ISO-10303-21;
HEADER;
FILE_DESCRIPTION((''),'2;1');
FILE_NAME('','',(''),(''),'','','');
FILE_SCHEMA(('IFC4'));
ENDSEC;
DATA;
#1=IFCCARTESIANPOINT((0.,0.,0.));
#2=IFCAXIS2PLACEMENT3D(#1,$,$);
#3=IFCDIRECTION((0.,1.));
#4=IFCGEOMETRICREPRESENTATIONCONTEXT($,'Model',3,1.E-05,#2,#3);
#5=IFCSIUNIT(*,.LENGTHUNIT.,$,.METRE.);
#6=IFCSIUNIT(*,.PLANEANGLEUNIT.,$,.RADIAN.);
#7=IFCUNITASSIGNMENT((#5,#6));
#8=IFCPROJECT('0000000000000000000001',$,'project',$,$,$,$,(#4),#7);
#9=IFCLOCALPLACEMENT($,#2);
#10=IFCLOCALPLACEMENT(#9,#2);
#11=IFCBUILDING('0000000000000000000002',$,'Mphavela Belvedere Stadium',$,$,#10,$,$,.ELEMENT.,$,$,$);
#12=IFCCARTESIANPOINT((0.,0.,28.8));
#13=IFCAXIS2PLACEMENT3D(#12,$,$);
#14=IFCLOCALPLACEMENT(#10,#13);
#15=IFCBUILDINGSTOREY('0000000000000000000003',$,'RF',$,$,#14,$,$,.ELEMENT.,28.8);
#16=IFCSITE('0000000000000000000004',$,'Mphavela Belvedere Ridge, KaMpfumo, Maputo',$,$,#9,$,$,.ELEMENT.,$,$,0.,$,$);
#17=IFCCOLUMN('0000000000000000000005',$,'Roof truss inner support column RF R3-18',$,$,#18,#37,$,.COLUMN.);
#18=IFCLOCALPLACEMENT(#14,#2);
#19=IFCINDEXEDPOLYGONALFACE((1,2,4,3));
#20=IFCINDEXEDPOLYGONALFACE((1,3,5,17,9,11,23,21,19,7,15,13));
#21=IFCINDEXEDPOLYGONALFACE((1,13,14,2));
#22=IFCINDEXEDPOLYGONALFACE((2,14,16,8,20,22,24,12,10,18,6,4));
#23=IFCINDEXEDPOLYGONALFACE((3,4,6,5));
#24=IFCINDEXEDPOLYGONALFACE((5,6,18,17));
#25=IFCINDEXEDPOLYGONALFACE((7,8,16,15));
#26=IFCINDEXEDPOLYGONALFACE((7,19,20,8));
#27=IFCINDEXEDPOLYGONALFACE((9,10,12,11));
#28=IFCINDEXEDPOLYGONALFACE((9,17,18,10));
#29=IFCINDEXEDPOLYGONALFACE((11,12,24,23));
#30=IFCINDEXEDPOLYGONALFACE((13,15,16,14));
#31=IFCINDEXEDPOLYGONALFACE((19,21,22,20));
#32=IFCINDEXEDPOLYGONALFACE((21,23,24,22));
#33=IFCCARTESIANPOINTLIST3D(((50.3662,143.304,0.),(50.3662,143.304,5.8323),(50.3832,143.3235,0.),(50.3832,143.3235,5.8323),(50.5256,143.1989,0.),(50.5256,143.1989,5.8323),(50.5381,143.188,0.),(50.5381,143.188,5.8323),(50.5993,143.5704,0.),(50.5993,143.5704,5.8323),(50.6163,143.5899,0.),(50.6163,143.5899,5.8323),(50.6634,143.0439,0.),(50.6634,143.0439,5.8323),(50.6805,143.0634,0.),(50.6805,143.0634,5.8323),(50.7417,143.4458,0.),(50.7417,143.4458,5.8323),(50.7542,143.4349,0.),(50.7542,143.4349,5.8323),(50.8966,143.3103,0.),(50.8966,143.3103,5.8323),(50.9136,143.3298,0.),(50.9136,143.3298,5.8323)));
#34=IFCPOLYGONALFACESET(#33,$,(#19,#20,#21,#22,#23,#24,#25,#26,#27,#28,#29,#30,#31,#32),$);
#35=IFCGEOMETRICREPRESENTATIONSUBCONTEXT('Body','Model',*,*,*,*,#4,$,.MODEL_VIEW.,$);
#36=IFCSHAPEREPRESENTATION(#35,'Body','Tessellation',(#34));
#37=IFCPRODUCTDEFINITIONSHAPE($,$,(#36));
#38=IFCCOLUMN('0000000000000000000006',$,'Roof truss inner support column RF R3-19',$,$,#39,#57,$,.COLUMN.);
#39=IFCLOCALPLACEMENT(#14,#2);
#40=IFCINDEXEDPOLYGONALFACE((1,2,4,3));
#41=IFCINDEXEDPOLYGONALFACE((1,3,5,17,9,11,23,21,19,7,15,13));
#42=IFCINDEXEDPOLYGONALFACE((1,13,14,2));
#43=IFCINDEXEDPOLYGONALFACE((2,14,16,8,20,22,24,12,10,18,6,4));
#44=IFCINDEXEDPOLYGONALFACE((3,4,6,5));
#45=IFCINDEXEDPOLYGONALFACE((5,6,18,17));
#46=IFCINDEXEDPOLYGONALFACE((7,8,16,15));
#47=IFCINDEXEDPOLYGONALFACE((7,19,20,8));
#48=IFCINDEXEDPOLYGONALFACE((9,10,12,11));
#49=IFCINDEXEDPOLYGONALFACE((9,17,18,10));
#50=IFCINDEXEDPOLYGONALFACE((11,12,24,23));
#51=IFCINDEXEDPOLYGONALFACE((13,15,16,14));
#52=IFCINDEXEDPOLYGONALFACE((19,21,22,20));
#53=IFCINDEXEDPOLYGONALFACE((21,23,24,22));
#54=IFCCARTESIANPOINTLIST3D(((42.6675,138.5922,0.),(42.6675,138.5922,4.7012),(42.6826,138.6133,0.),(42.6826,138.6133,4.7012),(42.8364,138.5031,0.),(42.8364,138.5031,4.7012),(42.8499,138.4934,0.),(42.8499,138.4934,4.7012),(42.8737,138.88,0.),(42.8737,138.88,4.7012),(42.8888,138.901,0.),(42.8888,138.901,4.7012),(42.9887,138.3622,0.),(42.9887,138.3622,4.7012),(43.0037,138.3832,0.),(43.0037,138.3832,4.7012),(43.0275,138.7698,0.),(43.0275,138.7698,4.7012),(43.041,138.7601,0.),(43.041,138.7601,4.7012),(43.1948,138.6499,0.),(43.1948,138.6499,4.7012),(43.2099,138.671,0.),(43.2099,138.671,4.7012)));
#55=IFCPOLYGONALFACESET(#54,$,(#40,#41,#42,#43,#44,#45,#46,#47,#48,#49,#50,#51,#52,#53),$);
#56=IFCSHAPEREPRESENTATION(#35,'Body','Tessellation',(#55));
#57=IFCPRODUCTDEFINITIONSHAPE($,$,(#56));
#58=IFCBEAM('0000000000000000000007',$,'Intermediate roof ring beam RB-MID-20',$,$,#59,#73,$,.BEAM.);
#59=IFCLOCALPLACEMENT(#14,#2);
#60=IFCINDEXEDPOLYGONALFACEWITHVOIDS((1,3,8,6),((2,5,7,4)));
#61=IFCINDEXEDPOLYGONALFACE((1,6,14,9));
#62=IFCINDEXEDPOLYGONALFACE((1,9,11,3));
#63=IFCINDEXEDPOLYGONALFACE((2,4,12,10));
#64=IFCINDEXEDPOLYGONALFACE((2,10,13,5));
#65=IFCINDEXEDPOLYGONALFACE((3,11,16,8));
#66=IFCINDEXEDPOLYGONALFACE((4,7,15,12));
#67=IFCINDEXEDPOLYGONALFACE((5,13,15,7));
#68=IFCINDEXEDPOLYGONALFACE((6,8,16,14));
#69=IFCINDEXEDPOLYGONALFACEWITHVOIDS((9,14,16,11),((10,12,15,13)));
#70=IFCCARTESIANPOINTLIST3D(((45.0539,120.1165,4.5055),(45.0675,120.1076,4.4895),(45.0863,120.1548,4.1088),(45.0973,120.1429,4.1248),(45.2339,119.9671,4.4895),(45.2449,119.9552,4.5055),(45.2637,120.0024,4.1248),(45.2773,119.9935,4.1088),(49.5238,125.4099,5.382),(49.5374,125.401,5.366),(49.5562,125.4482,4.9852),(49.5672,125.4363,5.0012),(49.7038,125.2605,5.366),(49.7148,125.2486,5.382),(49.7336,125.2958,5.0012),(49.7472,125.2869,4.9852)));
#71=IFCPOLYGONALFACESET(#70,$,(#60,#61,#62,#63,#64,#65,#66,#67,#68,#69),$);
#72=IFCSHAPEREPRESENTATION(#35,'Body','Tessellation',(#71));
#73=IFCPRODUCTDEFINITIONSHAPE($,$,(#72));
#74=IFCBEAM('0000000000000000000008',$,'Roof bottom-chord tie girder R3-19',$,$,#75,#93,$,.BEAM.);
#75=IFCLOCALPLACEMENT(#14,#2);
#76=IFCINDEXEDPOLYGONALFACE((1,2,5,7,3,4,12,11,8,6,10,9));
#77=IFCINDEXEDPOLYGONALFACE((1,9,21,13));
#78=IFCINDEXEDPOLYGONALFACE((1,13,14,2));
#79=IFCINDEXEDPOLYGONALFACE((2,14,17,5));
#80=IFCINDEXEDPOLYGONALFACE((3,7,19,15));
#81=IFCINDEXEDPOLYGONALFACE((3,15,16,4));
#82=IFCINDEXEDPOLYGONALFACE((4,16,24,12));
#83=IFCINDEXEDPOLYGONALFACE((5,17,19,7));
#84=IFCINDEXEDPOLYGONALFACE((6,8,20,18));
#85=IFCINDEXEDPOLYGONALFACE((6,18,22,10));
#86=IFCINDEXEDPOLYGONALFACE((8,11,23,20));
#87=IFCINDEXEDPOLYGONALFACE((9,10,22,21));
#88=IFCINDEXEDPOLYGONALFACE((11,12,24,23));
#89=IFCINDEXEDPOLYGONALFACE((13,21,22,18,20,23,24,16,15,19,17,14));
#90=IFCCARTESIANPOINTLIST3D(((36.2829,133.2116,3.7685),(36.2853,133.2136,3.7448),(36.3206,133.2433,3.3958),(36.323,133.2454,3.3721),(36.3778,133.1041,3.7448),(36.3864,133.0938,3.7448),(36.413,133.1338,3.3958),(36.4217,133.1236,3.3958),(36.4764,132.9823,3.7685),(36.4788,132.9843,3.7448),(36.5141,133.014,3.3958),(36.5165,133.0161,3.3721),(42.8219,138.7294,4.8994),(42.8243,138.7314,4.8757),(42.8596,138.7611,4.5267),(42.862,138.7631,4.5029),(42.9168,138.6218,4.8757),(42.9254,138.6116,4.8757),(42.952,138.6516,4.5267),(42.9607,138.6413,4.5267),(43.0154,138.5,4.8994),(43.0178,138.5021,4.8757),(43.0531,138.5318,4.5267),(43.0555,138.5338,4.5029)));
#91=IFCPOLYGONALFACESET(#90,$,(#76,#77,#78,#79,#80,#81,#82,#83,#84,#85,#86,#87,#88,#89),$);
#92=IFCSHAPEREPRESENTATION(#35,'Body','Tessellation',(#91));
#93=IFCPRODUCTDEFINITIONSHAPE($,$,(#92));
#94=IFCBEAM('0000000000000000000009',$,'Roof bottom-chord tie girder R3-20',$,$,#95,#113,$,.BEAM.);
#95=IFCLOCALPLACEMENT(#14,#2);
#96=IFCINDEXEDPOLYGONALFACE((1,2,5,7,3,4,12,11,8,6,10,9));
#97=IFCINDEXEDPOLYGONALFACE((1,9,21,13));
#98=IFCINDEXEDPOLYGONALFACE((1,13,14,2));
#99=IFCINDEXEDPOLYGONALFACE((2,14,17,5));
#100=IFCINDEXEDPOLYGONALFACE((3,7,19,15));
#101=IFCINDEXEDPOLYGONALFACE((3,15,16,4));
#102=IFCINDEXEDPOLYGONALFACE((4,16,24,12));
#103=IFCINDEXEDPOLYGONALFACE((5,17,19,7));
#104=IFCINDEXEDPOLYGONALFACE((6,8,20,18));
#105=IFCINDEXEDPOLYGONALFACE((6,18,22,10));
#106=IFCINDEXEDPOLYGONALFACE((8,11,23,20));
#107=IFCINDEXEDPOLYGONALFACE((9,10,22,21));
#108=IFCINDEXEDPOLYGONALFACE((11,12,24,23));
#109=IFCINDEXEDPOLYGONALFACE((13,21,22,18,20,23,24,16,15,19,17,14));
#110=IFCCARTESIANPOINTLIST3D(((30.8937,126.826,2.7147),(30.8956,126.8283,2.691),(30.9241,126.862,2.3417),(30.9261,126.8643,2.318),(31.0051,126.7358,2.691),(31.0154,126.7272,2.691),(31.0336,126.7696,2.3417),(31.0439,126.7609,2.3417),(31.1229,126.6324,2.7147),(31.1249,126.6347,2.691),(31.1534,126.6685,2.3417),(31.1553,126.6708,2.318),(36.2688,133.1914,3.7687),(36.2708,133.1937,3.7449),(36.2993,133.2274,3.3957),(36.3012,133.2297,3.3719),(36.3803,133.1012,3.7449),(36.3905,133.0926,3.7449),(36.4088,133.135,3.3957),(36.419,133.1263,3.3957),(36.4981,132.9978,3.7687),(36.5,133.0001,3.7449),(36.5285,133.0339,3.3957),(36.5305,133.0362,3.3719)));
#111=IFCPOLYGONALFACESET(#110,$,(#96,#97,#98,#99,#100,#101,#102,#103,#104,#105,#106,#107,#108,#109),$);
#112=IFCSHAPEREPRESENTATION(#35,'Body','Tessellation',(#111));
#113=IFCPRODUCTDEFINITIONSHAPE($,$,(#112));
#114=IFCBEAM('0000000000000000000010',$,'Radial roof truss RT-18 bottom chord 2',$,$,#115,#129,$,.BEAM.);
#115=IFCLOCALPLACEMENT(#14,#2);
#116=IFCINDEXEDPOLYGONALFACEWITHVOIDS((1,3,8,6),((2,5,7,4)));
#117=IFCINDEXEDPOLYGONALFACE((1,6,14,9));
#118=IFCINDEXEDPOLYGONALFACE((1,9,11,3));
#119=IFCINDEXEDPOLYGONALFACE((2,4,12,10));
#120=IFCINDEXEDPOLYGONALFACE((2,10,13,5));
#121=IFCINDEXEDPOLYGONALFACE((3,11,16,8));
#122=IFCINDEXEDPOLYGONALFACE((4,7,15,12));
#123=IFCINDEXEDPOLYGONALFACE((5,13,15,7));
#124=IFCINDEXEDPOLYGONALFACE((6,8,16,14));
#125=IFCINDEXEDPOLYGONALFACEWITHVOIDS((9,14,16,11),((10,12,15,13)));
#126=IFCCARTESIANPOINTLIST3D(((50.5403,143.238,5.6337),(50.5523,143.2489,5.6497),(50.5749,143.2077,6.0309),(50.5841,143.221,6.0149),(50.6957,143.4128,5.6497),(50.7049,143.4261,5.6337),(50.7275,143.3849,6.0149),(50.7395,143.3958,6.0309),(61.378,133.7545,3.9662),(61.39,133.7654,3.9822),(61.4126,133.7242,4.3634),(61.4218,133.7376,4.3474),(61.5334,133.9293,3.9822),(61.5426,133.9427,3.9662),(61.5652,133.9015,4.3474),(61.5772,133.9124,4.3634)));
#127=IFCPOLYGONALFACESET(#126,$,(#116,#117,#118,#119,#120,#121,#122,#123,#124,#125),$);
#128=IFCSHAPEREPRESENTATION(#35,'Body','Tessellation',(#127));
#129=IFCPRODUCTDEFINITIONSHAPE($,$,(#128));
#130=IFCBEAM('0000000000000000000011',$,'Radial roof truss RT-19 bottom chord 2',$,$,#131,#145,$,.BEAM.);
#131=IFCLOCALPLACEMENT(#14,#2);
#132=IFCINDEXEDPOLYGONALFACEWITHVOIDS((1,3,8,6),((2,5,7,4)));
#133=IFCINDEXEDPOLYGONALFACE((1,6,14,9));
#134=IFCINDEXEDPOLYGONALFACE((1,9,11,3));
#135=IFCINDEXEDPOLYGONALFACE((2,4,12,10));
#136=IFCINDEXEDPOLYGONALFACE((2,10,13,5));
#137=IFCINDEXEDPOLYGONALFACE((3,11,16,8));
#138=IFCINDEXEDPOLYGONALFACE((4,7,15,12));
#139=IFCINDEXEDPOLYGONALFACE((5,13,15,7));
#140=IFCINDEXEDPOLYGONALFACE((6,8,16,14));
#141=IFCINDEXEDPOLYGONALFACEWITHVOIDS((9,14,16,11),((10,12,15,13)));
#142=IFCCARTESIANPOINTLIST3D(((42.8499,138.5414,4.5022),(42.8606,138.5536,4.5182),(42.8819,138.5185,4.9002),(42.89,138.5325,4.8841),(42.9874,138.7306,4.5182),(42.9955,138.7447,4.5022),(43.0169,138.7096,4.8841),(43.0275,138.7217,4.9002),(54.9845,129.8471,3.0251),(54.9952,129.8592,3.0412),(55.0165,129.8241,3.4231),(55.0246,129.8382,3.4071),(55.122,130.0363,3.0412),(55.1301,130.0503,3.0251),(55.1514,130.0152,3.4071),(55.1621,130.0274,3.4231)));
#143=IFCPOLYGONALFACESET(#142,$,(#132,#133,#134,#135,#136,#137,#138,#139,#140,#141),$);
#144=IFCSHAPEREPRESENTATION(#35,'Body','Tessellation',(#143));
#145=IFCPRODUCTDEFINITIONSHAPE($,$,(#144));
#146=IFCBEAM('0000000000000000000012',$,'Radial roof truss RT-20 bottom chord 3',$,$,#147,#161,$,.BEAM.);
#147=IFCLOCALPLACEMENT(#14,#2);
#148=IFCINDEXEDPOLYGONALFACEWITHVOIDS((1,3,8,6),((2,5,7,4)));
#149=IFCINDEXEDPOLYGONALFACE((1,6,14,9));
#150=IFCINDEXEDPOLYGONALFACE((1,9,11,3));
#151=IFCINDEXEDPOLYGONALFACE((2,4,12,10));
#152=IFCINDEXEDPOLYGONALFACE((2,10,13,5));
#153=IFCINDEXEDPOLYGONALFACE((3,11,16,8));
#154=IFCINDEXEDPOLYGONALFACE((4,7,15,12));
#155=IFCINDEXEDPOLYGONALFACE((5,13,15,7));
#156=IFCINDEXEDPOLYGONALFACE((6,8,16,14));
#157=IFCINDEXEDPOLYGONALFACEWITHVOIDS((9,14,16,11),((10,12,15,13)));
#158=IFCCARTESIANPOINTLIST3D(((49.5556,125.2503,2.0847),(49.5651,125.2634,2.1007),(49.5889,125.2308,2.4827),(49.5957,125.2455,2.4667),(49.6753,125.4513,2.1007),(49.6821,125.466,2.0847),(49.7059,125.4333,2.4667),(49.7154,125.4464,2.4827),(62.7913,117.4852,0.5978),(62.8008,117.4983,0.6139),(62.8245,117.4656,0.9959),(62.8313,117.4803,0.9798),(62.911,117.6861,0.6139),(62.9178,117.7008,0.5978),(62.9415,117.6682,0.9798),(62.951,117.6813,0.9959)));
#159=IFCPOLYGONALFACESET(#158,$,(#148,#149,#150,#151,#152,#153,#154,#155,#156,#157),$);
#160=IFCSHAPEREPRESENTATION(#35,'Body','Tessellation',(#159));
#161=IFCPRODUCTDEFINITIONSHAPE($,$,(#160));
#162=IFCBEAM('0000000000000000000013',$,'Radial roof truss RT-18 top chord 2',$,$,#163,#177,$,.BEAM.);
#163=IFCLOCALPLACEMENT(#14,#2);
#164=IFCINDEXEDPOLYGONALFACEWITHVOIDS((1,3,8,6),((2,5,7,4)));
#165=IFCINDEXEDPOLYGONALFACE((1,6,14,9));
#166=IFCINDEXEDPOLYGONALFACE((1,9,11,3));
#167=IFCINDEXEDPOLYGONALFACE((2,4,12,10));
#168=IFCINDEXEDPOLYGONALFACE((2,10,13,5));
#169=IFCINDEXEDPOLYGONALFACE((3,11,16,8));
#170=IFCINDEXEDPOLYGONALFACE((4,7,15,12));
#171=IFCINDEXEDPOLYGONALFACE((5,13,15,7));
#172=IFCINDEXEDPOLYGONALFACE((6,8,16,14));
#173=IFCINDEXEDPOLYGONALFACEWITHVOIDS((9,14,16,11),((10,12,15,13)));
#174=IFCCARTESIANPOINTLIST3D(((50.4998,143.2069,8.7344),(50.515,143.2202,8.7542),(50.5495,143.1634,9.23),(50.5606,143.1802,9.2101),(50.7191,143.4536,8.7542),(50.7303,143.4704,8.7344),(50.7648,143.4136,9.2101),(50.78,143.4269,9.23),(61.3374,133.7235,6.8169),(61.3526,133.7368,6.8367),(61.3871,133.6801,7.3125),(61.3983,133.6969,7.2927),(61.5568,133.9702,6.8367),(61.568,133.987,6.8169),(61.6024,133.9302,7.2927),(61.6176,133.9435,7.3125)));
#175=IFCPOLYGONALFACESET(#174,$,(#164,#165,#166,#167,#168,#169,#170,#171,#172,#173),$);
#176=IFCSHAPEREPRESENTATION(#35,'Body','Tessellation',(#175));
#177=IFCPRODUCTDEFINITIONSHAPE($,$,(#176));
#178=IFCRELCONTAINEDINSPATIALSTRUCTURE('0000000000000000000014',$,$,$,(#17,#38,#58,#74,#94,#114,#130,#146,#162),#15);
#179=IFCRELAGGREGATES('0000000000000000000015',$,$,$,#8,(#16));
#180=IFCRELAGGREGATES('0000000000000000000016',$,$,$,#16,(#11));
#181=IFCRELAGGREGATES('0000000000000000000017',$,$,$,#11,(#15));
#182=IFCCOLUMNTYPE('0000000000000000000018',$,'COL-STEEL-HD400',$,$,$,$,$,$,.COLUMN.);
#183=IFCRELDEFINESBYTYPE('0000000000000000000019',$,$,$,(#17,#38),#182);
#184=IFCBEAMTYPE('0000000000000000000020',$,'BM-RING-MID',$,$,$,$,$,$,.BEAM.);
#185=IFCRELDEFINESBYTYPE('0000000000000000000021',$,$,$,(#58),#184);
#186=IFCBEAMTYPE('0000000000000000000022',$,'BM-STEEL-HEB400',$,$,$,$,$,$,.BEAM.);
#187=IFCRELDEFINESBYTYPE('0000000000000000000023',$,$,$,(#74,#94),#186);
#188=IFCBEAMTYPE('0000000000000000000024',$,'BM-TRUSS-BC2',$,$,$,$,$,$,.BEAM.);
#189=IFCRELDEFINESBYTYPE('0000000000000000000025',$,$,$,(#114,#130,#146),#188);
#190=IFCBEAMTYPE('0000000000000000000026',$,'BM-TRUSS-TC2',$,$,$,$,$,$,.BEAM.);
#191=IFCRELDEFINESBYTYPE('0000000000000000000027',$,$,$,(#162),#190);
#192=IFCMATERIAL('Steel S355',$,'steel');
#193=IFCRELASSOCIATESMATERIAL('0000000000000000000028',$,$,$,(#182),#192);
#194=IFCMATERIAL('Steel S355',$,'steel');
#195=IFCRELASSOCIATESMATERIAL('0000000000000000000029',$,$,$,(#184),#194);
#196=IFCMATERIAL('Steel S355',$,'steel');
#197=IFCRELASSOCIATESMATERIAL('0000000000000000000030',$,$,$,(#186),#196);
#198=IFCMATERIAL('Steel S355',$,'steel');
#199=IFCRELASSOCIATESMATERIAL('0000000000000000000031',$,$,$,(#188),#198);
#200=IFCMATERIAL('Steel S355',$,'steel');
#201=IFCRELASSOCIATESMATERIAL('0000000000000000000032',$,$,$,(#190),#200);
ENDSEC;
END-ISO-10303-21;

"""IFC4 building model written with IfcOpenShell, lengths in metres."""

from ifc_helpers import new_model, si_unit, direction, frame, origin, origin_2d, place, context, subcontext, project, spatial, hollow_rectangle, i_section, extrude, material, material_profile, profile_set, type_object, element, save


model = new_model("IFC4")

# Units and contexts
model_context = context("Model", 3, precision=1e-05, world=origin(), true_north=direction((0.0, 1.0)))
body_context = subcontext(model_context, "Body", "Model", "MODEL_VIEW")
ifc_project = project(units=[si_unit("LENGTHUNIT", "METRE"), si_unit("PLANEANGLEUNIT", "RADIAN")], contexts=[model_context])

# Site, building, storey
site_placement = place(None, origin())
site = spatial("IfcSite", under=ifc_project, at=site_placement, Name="Mphavela Belvedere Ridge, KaMpfumo, Maputo", CompositionType="ELEMENT", RefElevation=0.0)
building_placement = place(site_placement, origin())
building = spatial("IfcBuilding", under=site, at=building_placement, Name="Mphavela Belvedere Stadium", CompositionType="ELEMENT")
storey_placement = place(building_placement, frame((0.0, 0.0, 28.8)))
storey = spatial("IfcBuildingStorey", under=building, at=storey_placement, Name="RF", CompositionType="ELEMENT", Elevation=28.8)

# Columns
ifc_material_1 = material(Name="Steel S355", Category="steel")
ifc_material_profile_1 = material_profile(ifc_material_1, i_section(OverallWidth=0.395, OverallDepth=0.3799, WebThickness=0.0166, FlangeThickness=0.0259, at=origin_2d()), Name="HD 400x237")
ifc_profile_set_1 = profile_set([ifc_material_profile_1], Name="Steel S355")
column_type = type_object("IfcColumnType", Name="COL-STEEL-HD400", PredefinedType="COLUMN", material=ifc_profile_set_1)
column_1_placement = place(storey_placement, frame((50.6399, 143.3169, 0.0), z_axis=(0.0, 0.0, 1.0), x_axis=(-0.75253, 0.658558, 0.0)))
element("IfcColumn", 1, at=column_1_placement, inside=storey, type_object=column_type, Name="Roof truss inner support column RF R3-18", PredefinedType="COLUMN", context=body_context, shape_type="SweptSolid", body=[
    extrude(i_section(OverallWidth=0.395, OverallDepth=0.3799, WebThickness=0.0166, FlangeThickness=0.0259, at=origin_2d()), origin(), (0.0, 0.0, 1.0), 5.8323),
])
column_2_placement = place(storey_placement, frame((42.9387, 138.6316, 0.0), z_axis=(0.0, 0.0, 1.0), x_axis=(-0.812898, 0.582407, 0.0)))
element("IfcColumn", 2, at=column_2_placement, inside=storey, type_object=column_type, Name="Roof truss inner support column RF R3-19", PredefinedType="COLUMN", context=body_context, shape_type="SweptSolid", body=[
    extrude(i_section(OverallWidth=0.395, OverallDepth=0.3799, WebThickness=0.0166, FlangeThickness=0.0259, at=origin_2d()), origin(), (0.0, 0.0, 1.0), 4.7012),
])

# Beams
ifc_material_2 = material(Name="Steel S355", Category="steel")
ifc_material_profile_2 = material_profile(ifc_material_2, hollow_rectangle(XDim=0.25, YDim=0.3999, WallThickness=0.0161, at=origin_2d()), Name="RHS 400x250x16")
ifc_profile_set_2 = profile_set([ifc_material_profile_2], Name="Steel S355")
beam_type_1 = type_object("IfcBeamType", Name="BM-RING-MID", PredefinedType="BEAM", material=ifc_profile_set_2)
beam_1_placement = place(storey_placement, frame((49.6355, 125.3484, 5.1836), z_axis=(-0.640074, -0.757993, -0.125505), x_axis=(0.764034, -0.645176, 0.0)))
element("IfcBeam", 3, at=beam_1_placement, inside=storey, type_object=beam_type_1, Name="Intermediate roof ring beam RB-MID-20", PredefinedType="BEAM", context=body_context, shape_type="SweptSolid", body=[
    extrude(hollow_rectangle(XDim=0.25, YDim=0.3999, WallThickness=0.0161, at=origin_2d()), origin(), (0.0, 0.0, 1.0), 6.9834),
])
ifc_material_3 = material(Name="Steel S355", Category="steel")
ifc_material_profile_3 = material_profile(ifc_material_3, i_section(OverallWidth=0.3, OverallDepth=0.3999, WebThickness=0.0134, FlangeThickness=0.0239, at=origin_2d()), Name="HEB 400")
ifc_profile_set_3 = profile_set([ifc_material_profile_3], Name="Steel S355")
beam_type_2 = type_object("IfcBeamType", Name="BM-STEEL-HEB400", PredefinedType="BEAM", material=ifc_profile_set_3)
beam_2_placement = place(storey_placement, frame((42.9387, 138.6316, 4.7012), z_axis=(-0.757674, -0.639344, -0.131031), x_axis=(0.644904, -0.764263, 0.0)))
element("IfcBeam", 4, at=beam_2_placement, inside=storey, type_object=beam_type_2, Name="Roof bottom-chord tie girder R3-19", PredefinedType="BEAM", context=body_context, shape_type="SweptSolid", body=[
    extrude(i_section(OverallWidth=0.3, OverallDepth=0.3999, WebThickness=0.0134, FlangeThickness=0.0239, at=origin_2d()), origin(), (0.0, 0.0, 1.0), 8.6304),
])
beam_3_placement = place(storey_placement, frame((36.3997, 133.1138, 3.5703), z_axis=(-0.640076, -0.757992, -0.125503), x_axis=(0.764033, -0.645177, 0.0)))
element("IfcBeam", 5, at=beam_3_placement, inside=storey, type_object=beam_type_2, Name="Roof bottom-chord tie girder R3-20", PredefinedType="BEAM", context=body_context, shape_type="SweptSolid", body=[
    extrude(i_section(OverallWidth=0.3, OverallDepth=0.3999, WebThickness=0.0134, FlangeThickness=0.0239, at=origin_2d()), origin(), (0.0, 0.0, 1.0), 8.3977),
])
ifc_material_4 = material(Name="Steel S355", Category="steel")
ifc_material_profile_4 = material_profile(ifc_material_4, hollow_rectangle(XDim=0.25, YDim=0.3999, WallThickness=0.0161, at=origin_2d()), Name="RHS 400x250x16")
ifc_profile_set_4 = profile_set([ifc_material_profile_4], Name="Steel S355")
beam_type_3 = type_object("IfcBeamType", Name="BM-TRUSS-BC2", PredefinedType="BEAM", material=ifc_profile_set_4)
beam_4_placement = place(storey_placement, frame((50.6399, 143.3169, 5.8323), z_axis=(0.747566, -0.654152, -0.115021), x_axis=(0.658523, 0.752561, 0.0)))
element("IfcBeam", 6, at=beam_4_placement, inside=storey, type_object=beam_type_3, Name="Radial roof truss RT-18 bottom chord 2", PredefinedType="BEAM", context=body_context, shape_type="SweptSolid", body=[
    extrude(hollow_rectangle(XDim=0.25, YDim=0.3999, WallThickness=0.0161, at=origin_2d()), origin(), (0.0, 0.0, 1.0), 14.4973),
])
beam_5_placement = place(storey_placement, frame((42.9387, 138.6316, 4.7012), z_axis=(0.808933, -0.579597, -0.098466), x_axis=(0.582427, 0.812883, 0.0)))
element("IfcBeam", 7, at=beam_5_placement, inside=storey, type_object=beam_type_3, Name="Radial roof truss RT-19 bottom chord 2", PredefinedType="BEAM", context=body_context, shape_type="SweptSolid", body=[
    extrude(hollow_rectangle(XDim=0.25, YDim=0.3999, WallThickness=0.0161, at=origin_2d()), origin(), (0.0, 0.0, 1.0), 15.0007),
])
beam_6_placement = place(storey_placement, frame((49.6355, 125.3484, 2.2837), z_axis=(0.858497, -0.503668, -0.096439), x_axis=(0.506027, 0.862518, 0.0)))
element("IfcBeam", 8, at=beam_6_placement, inside=storey, type_object=beam_type_3, Name="Radial roof truss RT-20 bottom chord 3", PredefinedType="BEAM", context=body_context, shape_type="SweptSolid", body=[
    extrude(hollow_rectangle(XDim=0.25, YDim=0.3999, WallThickness=0.0161, at=origin_2d()), origin(), (0.0, 0.0, 1.0), 15.4172),
])
ifc_material_5 = material(Name="Steel S355", Category="steel")
ifc_material_profile_5 = material_profile(ifc_material_5, hollow_rectangle(XDim=0.3501, YDim=0.5, WallThickness=0.02, at=origin_2d()), Name="RHS 500x350x20")
ifc_profile_set_5 = profile_set([ifc_material_profile_5], Name="Steel S355")
beam_type_4 = type_object("IfcBeamType", Name="BM-TRUSS-TC2", PredefinedType="BEAM", material=ifc_profile_set_5)
beam_7_placement = place(storey_placement, frame((50.6399, 143.3169, 8.9822), z_axis=(0.745977, -0.652762, -0.131984), x_axis=(0.658523, 0.752561, 0.0)))
element("IfcBeam", 9, at=beam_7_placement, inside=storey, type_object=beam_type_4, Name="Radial roof truss RT-18 top chord 2", PredefinedType="BEAM", context=body_context, shape_type="SweptSolid", body=[
    extrude(hollow_rectangle(XDim=0.3501, YDim=0.5, WallThickness=0.02, at=origin_2d()), origin(), (0.0, 0.0, 1.0), 14.5281),
])

save(model, "model.ifc")
